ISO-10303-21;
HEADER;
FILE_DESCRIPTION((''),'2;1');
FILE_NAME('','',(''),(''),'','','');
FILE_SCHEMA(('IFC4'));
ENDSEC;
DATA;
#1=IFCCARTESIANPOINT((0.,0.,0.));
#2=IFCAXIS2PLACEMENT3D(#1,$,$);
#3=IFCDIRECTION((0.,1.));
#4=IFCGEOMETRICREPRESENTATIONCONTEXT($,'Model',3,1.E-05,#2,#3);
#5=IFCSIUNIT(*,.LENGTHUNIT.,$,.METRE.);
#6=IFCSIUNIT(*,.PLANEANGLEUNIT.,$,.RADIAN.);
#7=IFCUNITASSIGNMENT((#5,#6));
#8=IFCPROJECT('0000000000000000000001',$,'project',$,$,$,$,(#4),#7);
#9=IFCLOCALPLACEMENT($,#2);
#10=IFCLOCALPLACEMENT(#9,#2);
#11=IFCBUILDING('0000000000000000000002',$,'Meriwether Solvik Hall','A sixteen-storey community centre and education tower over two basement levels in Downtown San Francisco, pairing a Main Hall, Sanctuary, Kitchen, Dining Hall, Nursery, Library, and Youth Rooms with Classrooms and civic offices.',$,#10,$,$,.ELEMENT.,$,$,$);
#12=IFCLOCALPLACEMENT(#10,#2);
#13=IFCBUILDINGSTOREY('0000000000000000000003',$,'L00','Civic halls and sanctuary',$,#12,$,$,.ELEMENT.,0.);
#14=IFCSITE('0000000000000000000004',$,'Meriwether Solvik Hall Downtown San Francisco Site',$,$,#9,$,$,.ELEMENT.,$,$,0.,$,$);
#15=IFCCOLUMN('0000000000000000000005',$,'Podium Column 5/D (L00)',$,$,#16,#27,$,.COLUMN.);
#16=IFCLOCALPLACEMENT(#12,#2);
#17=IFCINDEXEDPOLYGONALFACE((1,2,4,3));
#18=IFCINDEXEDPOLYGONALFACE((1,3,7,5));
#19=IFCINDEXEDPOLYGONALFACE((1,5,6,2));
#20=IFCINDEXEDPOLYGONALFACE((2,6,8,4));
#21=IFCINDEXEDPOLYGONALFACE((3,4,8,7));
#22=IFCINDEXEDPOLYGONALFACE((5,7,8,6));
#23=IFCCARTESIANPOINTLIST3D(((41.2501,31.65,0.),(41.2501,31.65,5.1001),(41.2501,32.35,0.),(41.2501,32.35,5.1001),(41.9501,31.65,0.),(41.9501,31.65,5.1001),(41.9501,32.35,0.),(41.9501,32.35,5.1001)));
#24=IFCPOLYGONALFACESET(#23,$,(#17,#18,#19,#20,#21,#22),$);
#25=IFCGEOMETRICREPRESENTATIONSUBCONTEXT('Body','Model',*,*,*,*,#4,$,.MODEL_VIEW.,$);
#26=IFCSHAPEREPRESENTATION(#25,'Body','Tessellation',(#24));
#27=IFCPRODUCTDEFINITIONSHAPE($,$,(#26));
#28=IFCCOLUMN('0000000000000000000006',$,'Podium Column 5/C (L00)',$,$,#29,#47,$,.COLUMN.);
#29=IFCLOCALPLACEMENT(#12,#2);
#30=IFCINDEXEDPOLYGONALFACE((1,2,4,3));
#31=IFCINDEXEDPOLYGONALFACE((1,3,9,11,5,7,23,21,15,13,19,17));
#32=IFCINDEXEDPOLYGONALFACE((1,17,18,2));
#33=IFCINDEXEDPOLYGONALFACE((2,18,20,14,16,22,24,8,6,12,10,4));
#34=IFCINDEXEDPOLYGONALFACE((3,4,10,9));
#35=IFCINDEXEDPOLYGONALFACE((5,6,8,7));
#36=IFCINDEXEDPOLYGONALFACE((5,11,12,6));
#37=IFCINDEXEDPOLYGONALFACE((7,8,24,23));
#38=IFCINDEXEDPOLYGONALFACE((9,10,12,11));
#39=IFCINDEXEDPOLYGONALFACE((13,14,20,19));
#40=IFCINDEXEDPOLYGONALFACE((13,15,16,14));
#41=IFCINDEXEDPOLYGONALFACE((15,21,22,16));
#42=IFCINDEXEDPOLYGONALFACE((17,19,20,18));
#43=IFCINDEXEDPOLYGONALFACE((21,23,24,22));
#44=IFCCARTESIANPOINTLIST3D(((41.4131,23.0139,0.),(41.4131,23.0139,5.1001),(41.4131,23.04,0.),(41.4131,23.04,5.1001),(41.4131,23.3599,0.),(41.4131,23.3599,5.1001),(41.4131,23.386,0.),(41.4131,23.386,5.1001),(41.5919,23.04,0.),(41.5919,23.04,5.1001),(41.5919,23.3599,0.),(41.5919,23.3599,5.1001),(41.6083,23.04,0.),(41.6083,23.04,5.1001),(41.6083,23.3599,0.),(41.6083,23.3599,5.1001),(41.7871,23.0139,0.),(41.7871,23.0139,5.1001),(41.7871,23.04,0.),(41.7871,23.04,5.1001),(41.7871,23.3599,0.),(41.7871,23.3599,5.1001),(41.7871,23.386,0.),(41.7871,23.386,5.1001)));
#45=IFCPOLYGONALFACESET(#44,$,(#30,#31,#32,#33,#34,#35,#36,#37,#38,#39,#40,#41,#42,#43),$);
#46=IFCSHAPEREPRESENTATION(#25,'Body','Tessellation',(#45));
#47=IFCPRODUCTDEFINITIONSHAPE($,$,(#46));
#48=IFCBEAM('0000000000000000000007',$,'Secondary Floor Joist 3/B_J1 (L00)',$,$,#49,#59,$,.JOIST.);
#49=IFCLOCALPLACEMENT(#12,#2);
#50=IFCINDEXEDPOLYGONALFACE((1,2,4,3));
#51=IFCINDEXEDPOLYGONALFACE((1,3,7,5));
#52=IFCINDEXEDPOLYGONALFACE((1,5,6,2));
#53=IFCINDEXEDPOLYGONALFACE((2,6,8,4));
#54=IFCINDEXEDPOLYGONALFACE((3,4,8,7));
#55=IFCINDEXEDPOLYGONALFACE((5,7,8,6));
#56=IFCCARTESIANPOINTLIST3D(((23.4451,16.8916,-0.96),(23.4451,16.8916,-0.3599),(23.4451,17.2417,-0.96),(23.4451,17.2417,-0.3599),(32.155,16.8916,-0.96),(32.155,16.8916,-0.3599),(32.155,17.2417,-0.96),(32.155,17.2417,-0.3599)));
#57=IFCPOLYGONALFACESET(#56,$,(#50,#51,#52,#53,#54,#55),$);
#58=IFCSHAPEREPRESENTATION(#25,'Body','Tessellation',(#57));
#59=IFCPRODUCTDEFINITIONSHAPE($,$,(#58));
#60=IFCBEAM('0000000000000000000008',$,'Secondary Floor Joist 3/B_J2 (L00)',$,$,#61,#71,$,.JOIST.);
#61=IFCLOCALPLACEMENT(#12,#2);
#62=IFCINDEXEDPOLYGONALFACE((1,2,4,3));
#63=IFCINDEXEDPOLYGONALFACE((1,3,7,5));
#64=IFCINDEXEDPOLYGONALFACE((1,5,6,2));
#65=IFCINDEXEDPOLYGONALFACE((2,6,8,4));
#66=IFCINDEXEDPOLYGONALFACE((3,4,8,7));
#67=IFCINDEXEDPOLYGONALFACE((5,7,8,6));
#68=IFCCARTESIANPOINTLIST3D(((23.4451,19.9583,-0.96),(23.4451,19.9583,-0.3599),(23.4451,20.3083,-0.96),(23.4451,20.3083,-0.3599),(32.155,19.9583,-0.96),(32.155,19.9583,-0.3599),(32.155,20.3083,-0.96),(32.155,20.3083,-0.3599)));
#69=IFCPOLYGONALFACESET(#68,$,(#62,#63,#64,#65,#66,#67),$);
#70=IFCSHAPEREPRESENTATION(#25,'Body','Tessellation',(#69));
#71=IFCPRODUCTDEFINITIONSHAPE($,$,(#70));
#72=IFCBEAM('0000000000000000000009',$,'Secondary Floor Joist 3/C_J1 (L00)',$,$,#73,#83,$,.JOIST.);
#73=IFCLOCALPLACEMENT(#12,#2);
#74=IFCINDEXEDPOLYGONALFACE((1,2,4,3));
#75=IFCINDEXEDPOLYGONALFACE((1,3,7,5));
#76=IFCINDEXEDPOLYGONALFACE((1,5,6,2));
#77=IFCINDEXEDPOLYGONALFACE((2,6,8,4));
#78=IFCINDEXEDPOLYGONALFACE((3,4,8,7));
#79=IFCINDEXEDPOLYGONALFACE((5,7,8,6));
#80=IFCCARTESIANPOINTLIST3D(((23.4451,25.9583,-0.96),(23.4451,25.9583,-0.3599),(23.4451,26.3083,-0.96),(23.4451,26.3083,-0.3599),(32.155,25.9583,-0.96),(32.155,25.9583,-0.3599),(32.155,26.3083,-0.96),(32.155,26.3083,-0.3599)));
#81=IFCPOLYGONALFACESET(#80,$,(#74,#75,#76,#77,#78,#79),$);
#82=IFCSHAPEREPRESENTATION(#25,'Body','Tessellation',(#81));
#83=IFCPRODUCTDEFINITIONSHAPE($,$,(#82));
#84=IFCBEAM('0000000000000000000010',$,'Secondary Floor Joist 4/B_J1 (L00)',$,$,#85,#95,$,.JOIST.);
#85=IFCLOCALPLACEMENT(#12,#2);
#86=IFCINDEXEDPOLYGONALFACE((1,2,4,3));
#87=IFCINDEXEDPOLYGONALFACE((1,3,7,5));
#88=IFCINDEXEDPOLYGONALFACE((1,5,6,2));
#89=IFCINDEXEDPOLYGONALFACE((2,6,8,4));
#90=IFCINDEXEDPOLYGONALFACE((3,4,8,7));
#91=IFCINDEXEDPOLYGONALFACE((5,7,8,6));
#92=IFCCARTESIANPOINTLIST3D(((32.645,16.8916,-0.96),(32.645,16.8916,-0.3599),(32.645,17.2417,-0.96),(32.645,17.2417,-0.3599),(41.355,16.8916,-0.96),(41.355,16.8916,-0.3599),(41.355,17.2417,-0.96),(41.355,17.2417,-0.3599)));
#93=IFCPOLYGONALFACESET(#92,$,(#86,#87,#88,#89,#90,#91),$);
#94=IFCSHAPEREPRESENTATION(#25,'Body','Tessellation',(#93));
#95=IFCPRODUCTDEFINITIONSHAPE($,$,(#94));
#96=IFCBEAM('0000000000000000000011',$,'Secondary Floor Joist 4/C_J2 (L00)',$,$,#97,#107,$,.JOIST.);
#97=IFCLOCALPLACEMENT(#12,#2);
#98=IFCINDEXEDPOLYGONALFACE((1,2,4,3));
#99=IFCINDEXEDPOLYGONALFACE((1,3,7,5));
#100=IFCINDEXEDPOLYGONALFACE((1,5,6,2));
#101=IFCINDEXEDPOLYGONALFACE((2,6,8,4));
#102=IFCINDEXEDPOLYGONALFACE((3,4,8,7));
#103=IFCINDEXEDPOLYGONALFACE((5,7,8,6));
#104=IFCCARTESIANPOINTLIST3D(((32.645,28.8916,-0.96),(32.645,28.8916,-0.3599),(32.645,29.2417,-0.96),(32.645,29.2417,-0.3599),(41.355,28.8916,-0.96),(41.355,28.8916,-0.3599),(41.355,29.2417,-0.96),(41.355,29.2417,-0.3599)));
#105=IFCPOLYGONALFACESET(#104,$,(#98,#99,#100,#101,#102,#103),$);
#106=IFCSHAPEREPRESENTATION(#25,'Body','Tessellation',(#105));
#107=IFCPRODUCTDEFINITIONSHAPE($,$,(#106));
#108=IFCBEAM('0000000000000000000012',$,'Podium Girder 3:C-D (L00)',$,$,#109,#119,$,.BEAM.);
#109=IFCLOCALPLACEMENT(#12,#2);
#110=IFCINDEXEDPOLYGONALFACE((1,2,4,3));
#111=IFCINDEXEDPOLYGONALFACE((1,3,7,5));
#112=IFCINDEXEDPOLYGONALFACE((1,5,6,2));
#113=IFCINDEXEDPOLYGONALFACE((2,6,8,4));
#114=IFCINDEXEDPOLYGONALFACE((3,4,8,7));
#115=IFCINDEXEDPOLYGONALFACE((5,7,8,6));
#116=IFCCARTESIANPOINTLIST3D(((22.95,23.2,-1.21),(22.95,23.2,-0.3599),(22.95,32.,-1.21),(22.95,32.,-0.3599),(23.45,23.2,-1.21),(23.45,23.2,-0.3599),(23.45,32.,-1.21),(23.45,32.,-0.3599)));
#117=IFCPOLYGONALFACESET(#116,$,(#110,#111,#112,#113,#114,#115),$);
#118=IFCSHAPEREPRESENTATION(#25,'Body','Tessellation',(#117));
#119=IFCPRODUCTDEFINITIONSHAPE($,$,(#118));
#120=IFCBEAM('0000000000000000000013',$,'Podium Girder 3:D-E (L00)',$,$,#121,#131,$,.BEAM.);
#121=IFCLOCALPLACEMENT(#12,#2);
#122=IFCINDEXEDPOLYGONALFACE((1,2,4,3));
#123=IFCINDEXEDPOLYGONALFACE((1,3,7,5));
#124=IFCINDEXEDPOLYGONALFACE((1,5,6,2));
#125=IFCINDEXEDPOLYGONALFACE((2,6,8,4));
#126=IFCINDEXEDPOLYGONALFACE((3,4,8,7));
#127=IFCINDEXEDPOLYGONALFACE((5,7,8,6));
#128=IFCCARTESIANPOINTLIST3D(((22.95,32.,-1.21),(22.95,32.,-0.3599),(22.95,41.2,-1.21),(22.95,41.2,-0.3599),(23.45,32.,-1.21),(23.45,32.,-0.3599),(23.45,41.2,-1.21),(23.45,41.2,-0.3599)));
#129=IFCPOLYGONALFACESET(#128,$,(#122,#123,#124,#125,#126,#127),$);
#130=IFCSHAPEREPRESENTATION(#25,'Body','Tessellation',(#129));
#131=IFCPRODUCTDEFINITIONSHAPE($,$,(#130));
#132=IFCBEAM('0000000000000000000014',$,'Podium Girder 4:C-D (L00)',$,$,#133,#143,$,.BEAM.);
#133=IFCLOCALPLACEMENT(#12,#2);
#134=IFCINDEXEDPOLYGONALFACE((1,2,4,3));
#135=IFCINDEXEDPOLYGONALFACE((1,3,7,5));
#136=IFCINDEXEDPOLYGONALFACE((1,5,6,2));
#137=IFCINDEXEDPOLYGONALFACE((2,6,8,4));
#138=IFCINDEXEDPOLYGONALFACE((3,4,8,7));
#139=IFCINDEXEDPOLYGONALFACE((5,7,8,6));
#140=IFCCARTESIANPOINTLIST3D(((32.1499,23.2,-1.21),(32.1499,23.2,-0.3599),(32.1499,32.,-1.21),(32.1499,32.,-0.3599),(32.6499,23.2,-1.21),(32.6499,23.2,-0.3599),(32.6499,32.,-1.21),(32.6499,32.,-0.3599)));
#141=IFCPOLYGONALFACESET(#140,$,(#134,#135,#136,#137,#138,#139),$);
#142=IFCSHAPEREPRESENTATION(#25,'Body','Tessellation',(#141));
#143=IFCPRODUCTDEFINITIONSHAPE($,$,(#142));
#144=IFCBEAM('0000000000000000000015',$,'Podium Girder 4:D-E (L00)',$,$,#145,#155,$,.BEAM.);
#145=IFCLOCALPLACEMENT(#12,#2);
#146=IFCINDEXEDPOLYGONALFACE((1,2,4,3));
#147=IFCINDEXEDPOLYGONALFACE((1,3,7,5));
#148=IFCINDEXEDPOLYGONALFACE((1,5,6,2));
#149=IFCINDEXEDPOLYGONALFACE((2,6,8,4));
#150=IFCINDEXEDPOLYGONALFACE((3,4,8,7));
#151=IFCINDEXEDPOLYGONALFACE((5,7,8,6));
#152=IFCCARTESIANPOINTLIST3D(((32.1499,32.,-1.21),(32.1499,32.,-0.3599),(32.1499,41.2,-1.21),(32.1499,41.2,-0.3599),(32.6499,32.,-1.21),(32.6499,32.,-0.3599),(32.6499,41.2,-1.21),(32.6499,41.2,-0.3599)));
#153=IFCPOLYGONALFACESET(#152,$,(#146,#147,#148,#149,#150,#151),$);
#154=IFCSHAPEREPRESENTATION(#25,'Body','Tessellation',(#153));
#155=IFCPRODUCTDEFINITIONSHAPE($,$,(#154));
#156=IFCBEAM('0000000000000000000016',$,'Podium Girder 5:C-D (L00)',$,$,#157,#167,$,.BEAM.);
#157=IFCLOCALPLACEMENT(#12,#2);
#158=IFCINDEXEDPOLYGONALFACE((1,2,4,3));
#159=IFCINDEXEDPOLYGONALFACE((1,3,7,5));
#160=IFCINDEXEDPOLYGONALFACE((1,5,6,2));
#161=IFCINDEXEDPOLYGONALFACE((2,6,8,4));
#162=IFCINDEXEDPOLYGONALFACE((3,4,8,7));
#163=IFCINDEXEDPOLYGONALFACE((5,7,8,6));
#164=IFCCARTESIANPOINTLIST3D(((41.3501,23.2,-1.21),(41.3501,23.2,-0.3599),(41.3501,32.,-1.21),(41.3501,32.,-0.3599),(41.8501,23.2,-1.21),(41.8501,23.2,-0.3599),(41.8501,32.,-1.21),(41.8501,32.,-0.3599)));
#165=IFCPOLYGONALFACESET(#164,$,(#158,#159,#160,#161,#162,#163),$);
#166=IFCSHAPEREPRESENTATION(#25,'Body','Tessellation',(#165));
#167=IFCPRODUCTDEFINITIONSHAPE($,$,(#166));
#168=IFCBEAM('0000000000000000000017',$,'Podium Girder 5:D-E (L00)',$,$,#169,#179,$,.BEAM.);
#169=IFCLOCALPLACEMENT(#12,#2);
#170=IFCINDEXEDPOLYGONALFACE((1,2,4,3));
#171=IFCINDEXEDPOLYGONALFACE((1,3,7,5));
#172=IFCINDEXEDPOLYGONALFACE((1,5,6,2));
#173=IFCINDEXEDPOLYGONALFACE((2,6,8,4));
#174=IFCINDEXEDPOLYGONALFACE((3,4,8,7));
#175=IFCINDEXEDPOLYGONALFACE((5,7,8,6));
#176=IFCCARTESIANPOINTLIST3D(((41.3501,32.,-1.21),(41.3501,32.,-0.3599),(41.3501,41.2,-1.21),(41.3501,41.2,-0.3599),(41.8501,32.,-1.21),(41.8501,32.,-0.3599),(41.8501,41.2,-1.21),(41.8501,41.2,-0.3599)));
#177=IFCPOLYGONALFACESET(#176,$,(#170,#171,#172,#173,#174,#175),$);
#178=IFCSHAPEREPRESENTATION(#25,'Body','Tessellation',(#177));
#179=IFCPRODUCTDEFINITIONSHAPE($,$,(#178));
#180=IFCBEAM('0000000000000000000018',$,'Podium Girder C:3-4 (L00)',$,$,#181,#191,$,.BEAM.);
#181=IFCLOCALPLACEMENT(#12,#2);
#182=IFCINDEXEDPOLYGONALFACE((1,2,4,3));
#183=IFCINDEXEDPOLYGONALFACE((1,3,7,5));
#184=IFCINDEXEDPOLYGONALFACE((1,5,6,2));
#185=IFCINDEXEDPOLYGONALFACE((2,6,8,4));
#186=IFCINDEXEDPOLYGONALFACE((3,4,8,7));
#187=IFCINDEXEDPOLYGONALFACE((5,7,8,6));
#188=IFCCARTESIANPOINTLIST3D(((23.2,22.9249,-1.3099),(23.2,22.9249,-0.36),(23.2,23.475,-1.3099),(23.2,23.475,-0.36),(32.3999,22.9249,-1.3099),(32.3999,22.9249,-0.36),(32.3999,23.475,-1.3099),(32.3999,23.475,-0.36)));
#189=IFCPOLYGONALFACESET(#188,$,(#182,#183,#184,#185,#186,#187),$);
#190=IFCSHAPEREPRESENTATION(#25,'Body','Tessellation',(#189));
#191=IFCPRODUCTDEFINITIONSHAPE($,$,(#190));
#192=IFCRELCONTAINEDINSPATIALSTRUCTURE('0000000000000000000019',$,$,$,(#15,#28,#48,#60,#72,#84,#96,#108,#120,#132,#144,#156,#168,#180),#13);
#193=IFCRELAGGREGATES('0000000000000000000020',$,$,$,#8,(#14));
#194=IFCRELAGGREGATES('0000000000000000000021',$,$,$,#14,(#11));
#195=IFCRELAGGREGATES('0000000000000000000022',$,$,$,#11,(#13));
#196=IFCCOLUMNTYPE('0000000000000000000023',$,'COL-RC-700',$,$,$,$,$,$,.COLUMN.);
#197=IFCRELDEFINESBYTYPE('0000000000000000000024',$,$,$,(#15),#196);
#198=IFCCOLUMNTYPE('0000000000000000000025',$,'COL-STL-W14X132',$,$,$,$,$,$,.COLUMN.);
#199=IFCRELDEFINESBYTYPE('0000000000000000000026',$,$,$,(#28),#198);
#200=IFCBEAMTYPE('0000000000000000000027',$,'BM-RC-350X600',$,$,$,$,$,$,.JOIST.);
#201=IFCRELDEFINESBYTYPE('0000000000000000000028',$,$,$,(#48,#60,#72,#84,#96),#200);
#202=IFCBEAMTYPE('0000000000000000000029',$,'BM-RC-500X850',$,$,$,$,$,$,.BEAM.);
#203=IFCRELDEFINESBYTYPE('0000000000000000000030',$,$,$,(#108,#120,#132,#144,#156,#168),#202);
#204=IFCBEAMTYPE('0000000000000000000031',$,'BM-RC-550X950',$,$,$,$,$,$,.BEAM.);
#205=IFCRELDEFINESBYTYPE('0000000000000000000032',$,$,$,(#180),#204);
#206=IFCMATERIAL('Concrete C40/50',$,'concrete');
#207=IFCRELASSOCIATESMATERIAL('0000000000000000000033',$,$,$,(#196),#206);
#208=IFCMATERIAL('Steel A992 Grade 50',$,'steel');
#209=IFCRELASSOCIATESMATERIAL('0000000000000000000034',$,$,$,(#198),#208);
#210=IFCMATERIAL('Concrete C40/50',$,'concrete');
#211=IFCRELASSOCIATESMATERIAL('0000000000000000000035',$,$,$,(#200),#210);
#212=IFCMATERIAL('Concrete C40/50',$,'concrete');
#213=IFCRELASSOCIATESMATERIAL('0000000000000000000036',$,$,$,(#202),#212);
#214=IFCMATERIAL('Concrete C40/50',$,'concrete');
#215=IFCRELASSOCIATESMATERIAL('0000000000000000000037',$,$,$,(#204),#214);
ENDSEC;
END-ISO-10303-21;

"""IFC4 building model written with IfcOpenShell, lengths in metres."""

from ifc_helpers import new_model, si_unit, direction, frame, origin, origin_2d, place, context, subcontext, project, spatial, rectangle, i_section, extrude, material, material_profile, profile_set, type_object, element, save


model = new_model("IFC4")

# Units and contexts
model_context = context("Model", 3, precision=1e-05, world=origin(), true_north=direction((0.0, 1.0)))
body_context = subcontext(model_context, "Body", "Model", "MODEL_VIEW")
ifc_project = project(units=[si_unit("LENGTHUNIT", "METRE"), si_unit("PLANEANGLEUNIT", "RADIAN")], contexts=[model_context])

# Site, building, storey
site_placement = place(None, origin())
site = spatial("IfcSite", under=ifc_project, at=site_placement, Name="Meriwether Solvik Hall Downtown San Francisco Site", CompositionType="ELEMENT", RefElevation=0.0)
building_placement = place(site_placement, origin())
building = spatial("IfcBuilding", under=site, at=building_placement, Name="Meriwether Solvik Hall", Description="A sixteen-storey community centre and education tower over two basement levels in Downtown San Francisco, pairing a Main Hall, Sanctuary, Kitchen, Dining Hall, Nursery, Library, and Youth Rooms with Classrooms and civic offices.", CompositionType="ELEMENT")
storey_placement = place(building_placement, origin())
storey = spatial("IfcBuildingStorey", under=building, at=storey_placement, Name="L00", Description="Civic halls and sanctuary", CompositionType="ELEMENT", Elevation=0.0)

# Columns
ifc_material_1 = material(Name="Concrete C40/50", Category="concrete")
ifc_material_profile_1 = material_profile(ifc_material_1, rectangle(XDim=0.7, YDim=0.7, at=origin_2d()), Name="RCC-700X700")
ifc_profile_set_1 = profile_set([ifc_material_profile_1], Name="Concrete C40/50")
column_type_1 = type_object("IfcColumnType", Name="COL-RC-700", PredefinedType="COLUMN", material=ifc_profile_set_1)
column_1_placement = place(storey_placement, frame((41.6001, 32.0, 0.0), z_axis=(0.0, 0.0, 1.0), x_axis=(1.0, 0.0, 0.0)))
element("IfcColumn", 1, at=column_1_placement, inside=storey, type_object=column_type_1, Name="Podium Column 5/D (L00)", PredefinedType="COLUMN", context=body_context, shape_type="SweptSolid", body=[
    extrude(rectangle(XDim=0.7, YDim=0.7, at=origin_2d()), origin(), (0.0, 0.0, 1.0), 5.1001),
])
ifc_material_2 = material(Name="Steel A992 Grade 50", Category="steel")
ifc_material_profile_2 = material_profile(ifc_material_2, i_section(OverallWidth=0.374, OverallDepth=0.3721, WebThickness=0.0164, FlangeThickness=0.0261, at=origin_2d()), Name="W14X132")
ifc_profile_set_2 = profile_set([ifc_material_profile_2], Name="Steel A992 Grade 50")
column_type_2 = type_object("IfcColumnType", Name="COL-STL-W14X132", PredefinedType="COLUMN", material=ifc_profile_set_2)
column_2_placement = place(storey_placement, frame((41.6001, 23.2, 0.0), z_axis=(0.0, 0.0, 1.0), x_axis=(1.0, 0.0, 0.0)))
element("IfcColumn", 2, at=column_2_placement, inside=storey, type_object=column_type_2, Name="Podium Column 5/C (L00)", PredefinedType="COLUMN", context=body_context, shape_type="SweptSolid", body=[
    extrude(i_section(OverallWidth=0.374, OverallDepth=0.3721, WebThickness=0.0164, FlangeThickness=0.0261, at=origin_2d()), origin(), (0.0, 0.0, 1.0), 5.1001),
])

# Beams
ifc_material_3 = material(Name="Concrete C40/50", Category="concrete")
ifc_material_profile_3 = material_profile(ifc_material_3, rectangle(XDim=0.3501, YDim=0.6001, at=origin_2d()), Name="RCB-350X600")
ifc_profile_set_3 = profile_set([ifc_material_profile_3], Name="Concrete C40/50")
beam_type_1 = type_object("IfcBeamType", Name="BM-RC-350X600", PredefinedType="JOIST", material=ifc_profile_set_3)
for number, where, z_axis, x_axis, name in (
    (3, (23.4451, 17.0667, -0.6599), (1.0, 0.0, 0.0), (0.0, 1.0, 0.0), "Secondary Floor Joist 3/B_J1 (L00)"),
    (4, (23.4451, 20.1333, -0.6599), (1.0, 0.0, 0.0), (0.0, 1.0, 0.0), "Secondary Floor Joist 3/B_J2 (L00)"),
    (5, (23.4451, 26.1333, -0.6599), (1.0, 0.0, 0.0), (0.0, 1.0, 0.0), "Secondary Floor Joist 3/C_J1 (L00)"),
    (6, (32.645, 17.0667, -0.6599), (1.0, 0.0, 0.0), (0.0, 1.0, 0.0), "Secondary Floor Joist 4/B_J1 (L00)"),
    (7, (32.645, 29.0667, -0.6599), (1.0, 0.0, 0.0), (0.0, 1.0, 0.0), "Secondary Floor Joist 4/C_J2 (L00)"),
):
    element("IfcBeam", number, at=place(storey_placement, frame(where, z_axis=z_axis, x_axis=x_axis)), inside=storey, type_object=beam_type_1, Name=name, PredefinedType="JOIST", context=body_context, shape_type="SweptSolid", body=[
        extrude(rectangle(XDim=0.3501, YDim=0.6001, at=origin_2d()), origin(), (0.0, 0.0, 1.0), 8.71),
    ])
ifc_material_4 = material(Name="Concrete C40/50", Category="concrete")
ifc_material_profile_4 = material_profile(ifc_material_4, rectangle(XDim=0.5, YDim=0.8501, at=origin_2d()), Name="RCB-500X850")
ifc_profile_set_4 = profile_set([ifc_material_profile_4], Name="Concrete C40/50")
beam_type_2 = type_object("IfcBeamType", Name="BM-RC-500X850", PredefinedType="BEAM", material=ifc_profile_set_4)
beam_1_placement = place(storey_placement, frame((23.2, 23.2, -0.7849), z_axis=(0.0, 1.0, 0.0), x_axis=(-1.0, 0.0, 0.0)))
element("IfcBeam", 8, at=beam_1_placement, inside=storey, type_object=beam_type_2, Name="Podium Girder 3:C-D (L00)", PredefinedType="BEAM", context=body_context, shape_type="SweptSolid", body=[
    extrude(rectangle(XDim=0.5, YDim=0.8501, at=origin_2d()), origin(), (0.0, 0.0, 1.0), 8.8),
])
beam_2_placement = place(storey_placement, frame((23.2, 32.0, -0.7849), z_axis=(0.0, 1.0, 0.0), x_axis=(-1.0, 0.0, 0.0)))
element("IfcBeam", 9, at=beam_2_placement, inside=storey, type_object=beam_type_2, Name="Podium Girder 3:D-E (L00)", PredefinedType="BEAM", context=body_context, shape_type="SweptSolid", body=[
    extrude(rectangle(XDim=0.5, YDim=0.8501, at=origin_2d()), origin(), (0.0, 0.0, 1.0), 9.2),
])
beam_3_placement = place(storey_placement, frame((32.3999, 23.2, -0.7849), z_axis=(0.0, 1.0, 0.0), x_axis=(-1.0, 0.0, 0.0)))
element("IfcBeam", 10, at=beam_3_placement, inside=storey, type_object=beam_type_2, Name="Podium Girder 4:C-D (L00)", PredefinedType="BEAM", context=body_context, shape_type="SweptSolid", body=[
    extrude(rectangle(XDim=0.5, YDim=0.8501, at=origin_2d()), origin(), (0.0, 0.0, 1.0), 8.8),
])
beam_4_placement = place(storey_placement, frame((32.3999, 32.0, -0.7849), z_axis=(0.0, 1.0, 0.0), x_axis=(-1.0, 0.0, 0.0)))
element("IfcBeam", 11, at=beam_4_placement, inside=storey, type_object=beam_type_2, Name="Podium Girder 4:D-E (L00)", PredefinedType="BEAM", context=body_context, shape_type="SweptSolid", body=[
    extrude(rectangle(XDim=0.5, YDim=0.8501, at=origin_2d()), origin(), (0.0, 0.0, 1.0), 9.2),
])
beam_5_placement = place(storey_placement, frame((41.6001, 23.2, -0.7849), z_axis=(0.0, 1.0, 0.0), x_axis=(-1.0, 0.0, 0.0)))
element("IfcBeam", 12, at=beam_5_placement, inside=storey, type_object=beam_type_2, Name="Podium Girder 5:C-D (L00)", PredefinedType="BEAM", context=body_context, shape_type="SweptSolid", body=[
    extrude(rectangle(XDim=0.5, YDim=0.8501, at=origin_2d()), origin(), (0.0, 0.0, 1.0), 8.8),
])
beam_6_placement = place(storey_placement, frame((41.6001, 32.0, -0.7849), z_axis=(0.0, 1.0, 0.0), x_axis=(-1.0, 0.0, 0.0)))
element("IfcBeam", 13, at=beam_6_placement, inside=storey, type_object=beam_type_2, Name="Podium Girder 5:D-E (L00)", PredefinedType="BEAM", context=body_context, shape_type="SweptSolid", body=[
    extrude(rectangle(XDim=0.5, YDim=0.8501, at=origin_2d()), origin(), (0.0, 0.0, 1.0), 9.2),
])
ifc_material_5 = material(Name="Concrete C40/50", Category="concrete")
ifc_material_profile_5 = material_profile(ifc_material_5, rectangle(XDim=0.55, YDim=0.95, at=origin_2d()), Name="RCB-550X950")
ifc_profile_set_5 = profile_set([ifc_material_profile_5], Name="Concrete C40/50")
beam_type_3 = type_object("IfcBeamType", Name="BM-RC-550X950", PredefinedType="BEAM", material=ifc_profile_set_5)
beam_7_placement = place(storey_placement, frame((23.2, 23.2, -0.835), z_axis=(1.0, 0.0, 0.0), x_axis=(0.0, 1.0, 0.0)))
element("IfcBeam", 14, at=beam_7_placement, inside=storey, type_object=beam_type_3, Name="Podium Girder C:3-4 (L00)", PredefinedType="BEAM", context=body_context, shape_type="SweptSolid", body=[
    extrude(rectangle(XDim=0.55, YDim=0.95, at=origin_2d()), origin(), (0.0, 0.0, 1.0), 9.2),
])

save(model, "model.ifc")
